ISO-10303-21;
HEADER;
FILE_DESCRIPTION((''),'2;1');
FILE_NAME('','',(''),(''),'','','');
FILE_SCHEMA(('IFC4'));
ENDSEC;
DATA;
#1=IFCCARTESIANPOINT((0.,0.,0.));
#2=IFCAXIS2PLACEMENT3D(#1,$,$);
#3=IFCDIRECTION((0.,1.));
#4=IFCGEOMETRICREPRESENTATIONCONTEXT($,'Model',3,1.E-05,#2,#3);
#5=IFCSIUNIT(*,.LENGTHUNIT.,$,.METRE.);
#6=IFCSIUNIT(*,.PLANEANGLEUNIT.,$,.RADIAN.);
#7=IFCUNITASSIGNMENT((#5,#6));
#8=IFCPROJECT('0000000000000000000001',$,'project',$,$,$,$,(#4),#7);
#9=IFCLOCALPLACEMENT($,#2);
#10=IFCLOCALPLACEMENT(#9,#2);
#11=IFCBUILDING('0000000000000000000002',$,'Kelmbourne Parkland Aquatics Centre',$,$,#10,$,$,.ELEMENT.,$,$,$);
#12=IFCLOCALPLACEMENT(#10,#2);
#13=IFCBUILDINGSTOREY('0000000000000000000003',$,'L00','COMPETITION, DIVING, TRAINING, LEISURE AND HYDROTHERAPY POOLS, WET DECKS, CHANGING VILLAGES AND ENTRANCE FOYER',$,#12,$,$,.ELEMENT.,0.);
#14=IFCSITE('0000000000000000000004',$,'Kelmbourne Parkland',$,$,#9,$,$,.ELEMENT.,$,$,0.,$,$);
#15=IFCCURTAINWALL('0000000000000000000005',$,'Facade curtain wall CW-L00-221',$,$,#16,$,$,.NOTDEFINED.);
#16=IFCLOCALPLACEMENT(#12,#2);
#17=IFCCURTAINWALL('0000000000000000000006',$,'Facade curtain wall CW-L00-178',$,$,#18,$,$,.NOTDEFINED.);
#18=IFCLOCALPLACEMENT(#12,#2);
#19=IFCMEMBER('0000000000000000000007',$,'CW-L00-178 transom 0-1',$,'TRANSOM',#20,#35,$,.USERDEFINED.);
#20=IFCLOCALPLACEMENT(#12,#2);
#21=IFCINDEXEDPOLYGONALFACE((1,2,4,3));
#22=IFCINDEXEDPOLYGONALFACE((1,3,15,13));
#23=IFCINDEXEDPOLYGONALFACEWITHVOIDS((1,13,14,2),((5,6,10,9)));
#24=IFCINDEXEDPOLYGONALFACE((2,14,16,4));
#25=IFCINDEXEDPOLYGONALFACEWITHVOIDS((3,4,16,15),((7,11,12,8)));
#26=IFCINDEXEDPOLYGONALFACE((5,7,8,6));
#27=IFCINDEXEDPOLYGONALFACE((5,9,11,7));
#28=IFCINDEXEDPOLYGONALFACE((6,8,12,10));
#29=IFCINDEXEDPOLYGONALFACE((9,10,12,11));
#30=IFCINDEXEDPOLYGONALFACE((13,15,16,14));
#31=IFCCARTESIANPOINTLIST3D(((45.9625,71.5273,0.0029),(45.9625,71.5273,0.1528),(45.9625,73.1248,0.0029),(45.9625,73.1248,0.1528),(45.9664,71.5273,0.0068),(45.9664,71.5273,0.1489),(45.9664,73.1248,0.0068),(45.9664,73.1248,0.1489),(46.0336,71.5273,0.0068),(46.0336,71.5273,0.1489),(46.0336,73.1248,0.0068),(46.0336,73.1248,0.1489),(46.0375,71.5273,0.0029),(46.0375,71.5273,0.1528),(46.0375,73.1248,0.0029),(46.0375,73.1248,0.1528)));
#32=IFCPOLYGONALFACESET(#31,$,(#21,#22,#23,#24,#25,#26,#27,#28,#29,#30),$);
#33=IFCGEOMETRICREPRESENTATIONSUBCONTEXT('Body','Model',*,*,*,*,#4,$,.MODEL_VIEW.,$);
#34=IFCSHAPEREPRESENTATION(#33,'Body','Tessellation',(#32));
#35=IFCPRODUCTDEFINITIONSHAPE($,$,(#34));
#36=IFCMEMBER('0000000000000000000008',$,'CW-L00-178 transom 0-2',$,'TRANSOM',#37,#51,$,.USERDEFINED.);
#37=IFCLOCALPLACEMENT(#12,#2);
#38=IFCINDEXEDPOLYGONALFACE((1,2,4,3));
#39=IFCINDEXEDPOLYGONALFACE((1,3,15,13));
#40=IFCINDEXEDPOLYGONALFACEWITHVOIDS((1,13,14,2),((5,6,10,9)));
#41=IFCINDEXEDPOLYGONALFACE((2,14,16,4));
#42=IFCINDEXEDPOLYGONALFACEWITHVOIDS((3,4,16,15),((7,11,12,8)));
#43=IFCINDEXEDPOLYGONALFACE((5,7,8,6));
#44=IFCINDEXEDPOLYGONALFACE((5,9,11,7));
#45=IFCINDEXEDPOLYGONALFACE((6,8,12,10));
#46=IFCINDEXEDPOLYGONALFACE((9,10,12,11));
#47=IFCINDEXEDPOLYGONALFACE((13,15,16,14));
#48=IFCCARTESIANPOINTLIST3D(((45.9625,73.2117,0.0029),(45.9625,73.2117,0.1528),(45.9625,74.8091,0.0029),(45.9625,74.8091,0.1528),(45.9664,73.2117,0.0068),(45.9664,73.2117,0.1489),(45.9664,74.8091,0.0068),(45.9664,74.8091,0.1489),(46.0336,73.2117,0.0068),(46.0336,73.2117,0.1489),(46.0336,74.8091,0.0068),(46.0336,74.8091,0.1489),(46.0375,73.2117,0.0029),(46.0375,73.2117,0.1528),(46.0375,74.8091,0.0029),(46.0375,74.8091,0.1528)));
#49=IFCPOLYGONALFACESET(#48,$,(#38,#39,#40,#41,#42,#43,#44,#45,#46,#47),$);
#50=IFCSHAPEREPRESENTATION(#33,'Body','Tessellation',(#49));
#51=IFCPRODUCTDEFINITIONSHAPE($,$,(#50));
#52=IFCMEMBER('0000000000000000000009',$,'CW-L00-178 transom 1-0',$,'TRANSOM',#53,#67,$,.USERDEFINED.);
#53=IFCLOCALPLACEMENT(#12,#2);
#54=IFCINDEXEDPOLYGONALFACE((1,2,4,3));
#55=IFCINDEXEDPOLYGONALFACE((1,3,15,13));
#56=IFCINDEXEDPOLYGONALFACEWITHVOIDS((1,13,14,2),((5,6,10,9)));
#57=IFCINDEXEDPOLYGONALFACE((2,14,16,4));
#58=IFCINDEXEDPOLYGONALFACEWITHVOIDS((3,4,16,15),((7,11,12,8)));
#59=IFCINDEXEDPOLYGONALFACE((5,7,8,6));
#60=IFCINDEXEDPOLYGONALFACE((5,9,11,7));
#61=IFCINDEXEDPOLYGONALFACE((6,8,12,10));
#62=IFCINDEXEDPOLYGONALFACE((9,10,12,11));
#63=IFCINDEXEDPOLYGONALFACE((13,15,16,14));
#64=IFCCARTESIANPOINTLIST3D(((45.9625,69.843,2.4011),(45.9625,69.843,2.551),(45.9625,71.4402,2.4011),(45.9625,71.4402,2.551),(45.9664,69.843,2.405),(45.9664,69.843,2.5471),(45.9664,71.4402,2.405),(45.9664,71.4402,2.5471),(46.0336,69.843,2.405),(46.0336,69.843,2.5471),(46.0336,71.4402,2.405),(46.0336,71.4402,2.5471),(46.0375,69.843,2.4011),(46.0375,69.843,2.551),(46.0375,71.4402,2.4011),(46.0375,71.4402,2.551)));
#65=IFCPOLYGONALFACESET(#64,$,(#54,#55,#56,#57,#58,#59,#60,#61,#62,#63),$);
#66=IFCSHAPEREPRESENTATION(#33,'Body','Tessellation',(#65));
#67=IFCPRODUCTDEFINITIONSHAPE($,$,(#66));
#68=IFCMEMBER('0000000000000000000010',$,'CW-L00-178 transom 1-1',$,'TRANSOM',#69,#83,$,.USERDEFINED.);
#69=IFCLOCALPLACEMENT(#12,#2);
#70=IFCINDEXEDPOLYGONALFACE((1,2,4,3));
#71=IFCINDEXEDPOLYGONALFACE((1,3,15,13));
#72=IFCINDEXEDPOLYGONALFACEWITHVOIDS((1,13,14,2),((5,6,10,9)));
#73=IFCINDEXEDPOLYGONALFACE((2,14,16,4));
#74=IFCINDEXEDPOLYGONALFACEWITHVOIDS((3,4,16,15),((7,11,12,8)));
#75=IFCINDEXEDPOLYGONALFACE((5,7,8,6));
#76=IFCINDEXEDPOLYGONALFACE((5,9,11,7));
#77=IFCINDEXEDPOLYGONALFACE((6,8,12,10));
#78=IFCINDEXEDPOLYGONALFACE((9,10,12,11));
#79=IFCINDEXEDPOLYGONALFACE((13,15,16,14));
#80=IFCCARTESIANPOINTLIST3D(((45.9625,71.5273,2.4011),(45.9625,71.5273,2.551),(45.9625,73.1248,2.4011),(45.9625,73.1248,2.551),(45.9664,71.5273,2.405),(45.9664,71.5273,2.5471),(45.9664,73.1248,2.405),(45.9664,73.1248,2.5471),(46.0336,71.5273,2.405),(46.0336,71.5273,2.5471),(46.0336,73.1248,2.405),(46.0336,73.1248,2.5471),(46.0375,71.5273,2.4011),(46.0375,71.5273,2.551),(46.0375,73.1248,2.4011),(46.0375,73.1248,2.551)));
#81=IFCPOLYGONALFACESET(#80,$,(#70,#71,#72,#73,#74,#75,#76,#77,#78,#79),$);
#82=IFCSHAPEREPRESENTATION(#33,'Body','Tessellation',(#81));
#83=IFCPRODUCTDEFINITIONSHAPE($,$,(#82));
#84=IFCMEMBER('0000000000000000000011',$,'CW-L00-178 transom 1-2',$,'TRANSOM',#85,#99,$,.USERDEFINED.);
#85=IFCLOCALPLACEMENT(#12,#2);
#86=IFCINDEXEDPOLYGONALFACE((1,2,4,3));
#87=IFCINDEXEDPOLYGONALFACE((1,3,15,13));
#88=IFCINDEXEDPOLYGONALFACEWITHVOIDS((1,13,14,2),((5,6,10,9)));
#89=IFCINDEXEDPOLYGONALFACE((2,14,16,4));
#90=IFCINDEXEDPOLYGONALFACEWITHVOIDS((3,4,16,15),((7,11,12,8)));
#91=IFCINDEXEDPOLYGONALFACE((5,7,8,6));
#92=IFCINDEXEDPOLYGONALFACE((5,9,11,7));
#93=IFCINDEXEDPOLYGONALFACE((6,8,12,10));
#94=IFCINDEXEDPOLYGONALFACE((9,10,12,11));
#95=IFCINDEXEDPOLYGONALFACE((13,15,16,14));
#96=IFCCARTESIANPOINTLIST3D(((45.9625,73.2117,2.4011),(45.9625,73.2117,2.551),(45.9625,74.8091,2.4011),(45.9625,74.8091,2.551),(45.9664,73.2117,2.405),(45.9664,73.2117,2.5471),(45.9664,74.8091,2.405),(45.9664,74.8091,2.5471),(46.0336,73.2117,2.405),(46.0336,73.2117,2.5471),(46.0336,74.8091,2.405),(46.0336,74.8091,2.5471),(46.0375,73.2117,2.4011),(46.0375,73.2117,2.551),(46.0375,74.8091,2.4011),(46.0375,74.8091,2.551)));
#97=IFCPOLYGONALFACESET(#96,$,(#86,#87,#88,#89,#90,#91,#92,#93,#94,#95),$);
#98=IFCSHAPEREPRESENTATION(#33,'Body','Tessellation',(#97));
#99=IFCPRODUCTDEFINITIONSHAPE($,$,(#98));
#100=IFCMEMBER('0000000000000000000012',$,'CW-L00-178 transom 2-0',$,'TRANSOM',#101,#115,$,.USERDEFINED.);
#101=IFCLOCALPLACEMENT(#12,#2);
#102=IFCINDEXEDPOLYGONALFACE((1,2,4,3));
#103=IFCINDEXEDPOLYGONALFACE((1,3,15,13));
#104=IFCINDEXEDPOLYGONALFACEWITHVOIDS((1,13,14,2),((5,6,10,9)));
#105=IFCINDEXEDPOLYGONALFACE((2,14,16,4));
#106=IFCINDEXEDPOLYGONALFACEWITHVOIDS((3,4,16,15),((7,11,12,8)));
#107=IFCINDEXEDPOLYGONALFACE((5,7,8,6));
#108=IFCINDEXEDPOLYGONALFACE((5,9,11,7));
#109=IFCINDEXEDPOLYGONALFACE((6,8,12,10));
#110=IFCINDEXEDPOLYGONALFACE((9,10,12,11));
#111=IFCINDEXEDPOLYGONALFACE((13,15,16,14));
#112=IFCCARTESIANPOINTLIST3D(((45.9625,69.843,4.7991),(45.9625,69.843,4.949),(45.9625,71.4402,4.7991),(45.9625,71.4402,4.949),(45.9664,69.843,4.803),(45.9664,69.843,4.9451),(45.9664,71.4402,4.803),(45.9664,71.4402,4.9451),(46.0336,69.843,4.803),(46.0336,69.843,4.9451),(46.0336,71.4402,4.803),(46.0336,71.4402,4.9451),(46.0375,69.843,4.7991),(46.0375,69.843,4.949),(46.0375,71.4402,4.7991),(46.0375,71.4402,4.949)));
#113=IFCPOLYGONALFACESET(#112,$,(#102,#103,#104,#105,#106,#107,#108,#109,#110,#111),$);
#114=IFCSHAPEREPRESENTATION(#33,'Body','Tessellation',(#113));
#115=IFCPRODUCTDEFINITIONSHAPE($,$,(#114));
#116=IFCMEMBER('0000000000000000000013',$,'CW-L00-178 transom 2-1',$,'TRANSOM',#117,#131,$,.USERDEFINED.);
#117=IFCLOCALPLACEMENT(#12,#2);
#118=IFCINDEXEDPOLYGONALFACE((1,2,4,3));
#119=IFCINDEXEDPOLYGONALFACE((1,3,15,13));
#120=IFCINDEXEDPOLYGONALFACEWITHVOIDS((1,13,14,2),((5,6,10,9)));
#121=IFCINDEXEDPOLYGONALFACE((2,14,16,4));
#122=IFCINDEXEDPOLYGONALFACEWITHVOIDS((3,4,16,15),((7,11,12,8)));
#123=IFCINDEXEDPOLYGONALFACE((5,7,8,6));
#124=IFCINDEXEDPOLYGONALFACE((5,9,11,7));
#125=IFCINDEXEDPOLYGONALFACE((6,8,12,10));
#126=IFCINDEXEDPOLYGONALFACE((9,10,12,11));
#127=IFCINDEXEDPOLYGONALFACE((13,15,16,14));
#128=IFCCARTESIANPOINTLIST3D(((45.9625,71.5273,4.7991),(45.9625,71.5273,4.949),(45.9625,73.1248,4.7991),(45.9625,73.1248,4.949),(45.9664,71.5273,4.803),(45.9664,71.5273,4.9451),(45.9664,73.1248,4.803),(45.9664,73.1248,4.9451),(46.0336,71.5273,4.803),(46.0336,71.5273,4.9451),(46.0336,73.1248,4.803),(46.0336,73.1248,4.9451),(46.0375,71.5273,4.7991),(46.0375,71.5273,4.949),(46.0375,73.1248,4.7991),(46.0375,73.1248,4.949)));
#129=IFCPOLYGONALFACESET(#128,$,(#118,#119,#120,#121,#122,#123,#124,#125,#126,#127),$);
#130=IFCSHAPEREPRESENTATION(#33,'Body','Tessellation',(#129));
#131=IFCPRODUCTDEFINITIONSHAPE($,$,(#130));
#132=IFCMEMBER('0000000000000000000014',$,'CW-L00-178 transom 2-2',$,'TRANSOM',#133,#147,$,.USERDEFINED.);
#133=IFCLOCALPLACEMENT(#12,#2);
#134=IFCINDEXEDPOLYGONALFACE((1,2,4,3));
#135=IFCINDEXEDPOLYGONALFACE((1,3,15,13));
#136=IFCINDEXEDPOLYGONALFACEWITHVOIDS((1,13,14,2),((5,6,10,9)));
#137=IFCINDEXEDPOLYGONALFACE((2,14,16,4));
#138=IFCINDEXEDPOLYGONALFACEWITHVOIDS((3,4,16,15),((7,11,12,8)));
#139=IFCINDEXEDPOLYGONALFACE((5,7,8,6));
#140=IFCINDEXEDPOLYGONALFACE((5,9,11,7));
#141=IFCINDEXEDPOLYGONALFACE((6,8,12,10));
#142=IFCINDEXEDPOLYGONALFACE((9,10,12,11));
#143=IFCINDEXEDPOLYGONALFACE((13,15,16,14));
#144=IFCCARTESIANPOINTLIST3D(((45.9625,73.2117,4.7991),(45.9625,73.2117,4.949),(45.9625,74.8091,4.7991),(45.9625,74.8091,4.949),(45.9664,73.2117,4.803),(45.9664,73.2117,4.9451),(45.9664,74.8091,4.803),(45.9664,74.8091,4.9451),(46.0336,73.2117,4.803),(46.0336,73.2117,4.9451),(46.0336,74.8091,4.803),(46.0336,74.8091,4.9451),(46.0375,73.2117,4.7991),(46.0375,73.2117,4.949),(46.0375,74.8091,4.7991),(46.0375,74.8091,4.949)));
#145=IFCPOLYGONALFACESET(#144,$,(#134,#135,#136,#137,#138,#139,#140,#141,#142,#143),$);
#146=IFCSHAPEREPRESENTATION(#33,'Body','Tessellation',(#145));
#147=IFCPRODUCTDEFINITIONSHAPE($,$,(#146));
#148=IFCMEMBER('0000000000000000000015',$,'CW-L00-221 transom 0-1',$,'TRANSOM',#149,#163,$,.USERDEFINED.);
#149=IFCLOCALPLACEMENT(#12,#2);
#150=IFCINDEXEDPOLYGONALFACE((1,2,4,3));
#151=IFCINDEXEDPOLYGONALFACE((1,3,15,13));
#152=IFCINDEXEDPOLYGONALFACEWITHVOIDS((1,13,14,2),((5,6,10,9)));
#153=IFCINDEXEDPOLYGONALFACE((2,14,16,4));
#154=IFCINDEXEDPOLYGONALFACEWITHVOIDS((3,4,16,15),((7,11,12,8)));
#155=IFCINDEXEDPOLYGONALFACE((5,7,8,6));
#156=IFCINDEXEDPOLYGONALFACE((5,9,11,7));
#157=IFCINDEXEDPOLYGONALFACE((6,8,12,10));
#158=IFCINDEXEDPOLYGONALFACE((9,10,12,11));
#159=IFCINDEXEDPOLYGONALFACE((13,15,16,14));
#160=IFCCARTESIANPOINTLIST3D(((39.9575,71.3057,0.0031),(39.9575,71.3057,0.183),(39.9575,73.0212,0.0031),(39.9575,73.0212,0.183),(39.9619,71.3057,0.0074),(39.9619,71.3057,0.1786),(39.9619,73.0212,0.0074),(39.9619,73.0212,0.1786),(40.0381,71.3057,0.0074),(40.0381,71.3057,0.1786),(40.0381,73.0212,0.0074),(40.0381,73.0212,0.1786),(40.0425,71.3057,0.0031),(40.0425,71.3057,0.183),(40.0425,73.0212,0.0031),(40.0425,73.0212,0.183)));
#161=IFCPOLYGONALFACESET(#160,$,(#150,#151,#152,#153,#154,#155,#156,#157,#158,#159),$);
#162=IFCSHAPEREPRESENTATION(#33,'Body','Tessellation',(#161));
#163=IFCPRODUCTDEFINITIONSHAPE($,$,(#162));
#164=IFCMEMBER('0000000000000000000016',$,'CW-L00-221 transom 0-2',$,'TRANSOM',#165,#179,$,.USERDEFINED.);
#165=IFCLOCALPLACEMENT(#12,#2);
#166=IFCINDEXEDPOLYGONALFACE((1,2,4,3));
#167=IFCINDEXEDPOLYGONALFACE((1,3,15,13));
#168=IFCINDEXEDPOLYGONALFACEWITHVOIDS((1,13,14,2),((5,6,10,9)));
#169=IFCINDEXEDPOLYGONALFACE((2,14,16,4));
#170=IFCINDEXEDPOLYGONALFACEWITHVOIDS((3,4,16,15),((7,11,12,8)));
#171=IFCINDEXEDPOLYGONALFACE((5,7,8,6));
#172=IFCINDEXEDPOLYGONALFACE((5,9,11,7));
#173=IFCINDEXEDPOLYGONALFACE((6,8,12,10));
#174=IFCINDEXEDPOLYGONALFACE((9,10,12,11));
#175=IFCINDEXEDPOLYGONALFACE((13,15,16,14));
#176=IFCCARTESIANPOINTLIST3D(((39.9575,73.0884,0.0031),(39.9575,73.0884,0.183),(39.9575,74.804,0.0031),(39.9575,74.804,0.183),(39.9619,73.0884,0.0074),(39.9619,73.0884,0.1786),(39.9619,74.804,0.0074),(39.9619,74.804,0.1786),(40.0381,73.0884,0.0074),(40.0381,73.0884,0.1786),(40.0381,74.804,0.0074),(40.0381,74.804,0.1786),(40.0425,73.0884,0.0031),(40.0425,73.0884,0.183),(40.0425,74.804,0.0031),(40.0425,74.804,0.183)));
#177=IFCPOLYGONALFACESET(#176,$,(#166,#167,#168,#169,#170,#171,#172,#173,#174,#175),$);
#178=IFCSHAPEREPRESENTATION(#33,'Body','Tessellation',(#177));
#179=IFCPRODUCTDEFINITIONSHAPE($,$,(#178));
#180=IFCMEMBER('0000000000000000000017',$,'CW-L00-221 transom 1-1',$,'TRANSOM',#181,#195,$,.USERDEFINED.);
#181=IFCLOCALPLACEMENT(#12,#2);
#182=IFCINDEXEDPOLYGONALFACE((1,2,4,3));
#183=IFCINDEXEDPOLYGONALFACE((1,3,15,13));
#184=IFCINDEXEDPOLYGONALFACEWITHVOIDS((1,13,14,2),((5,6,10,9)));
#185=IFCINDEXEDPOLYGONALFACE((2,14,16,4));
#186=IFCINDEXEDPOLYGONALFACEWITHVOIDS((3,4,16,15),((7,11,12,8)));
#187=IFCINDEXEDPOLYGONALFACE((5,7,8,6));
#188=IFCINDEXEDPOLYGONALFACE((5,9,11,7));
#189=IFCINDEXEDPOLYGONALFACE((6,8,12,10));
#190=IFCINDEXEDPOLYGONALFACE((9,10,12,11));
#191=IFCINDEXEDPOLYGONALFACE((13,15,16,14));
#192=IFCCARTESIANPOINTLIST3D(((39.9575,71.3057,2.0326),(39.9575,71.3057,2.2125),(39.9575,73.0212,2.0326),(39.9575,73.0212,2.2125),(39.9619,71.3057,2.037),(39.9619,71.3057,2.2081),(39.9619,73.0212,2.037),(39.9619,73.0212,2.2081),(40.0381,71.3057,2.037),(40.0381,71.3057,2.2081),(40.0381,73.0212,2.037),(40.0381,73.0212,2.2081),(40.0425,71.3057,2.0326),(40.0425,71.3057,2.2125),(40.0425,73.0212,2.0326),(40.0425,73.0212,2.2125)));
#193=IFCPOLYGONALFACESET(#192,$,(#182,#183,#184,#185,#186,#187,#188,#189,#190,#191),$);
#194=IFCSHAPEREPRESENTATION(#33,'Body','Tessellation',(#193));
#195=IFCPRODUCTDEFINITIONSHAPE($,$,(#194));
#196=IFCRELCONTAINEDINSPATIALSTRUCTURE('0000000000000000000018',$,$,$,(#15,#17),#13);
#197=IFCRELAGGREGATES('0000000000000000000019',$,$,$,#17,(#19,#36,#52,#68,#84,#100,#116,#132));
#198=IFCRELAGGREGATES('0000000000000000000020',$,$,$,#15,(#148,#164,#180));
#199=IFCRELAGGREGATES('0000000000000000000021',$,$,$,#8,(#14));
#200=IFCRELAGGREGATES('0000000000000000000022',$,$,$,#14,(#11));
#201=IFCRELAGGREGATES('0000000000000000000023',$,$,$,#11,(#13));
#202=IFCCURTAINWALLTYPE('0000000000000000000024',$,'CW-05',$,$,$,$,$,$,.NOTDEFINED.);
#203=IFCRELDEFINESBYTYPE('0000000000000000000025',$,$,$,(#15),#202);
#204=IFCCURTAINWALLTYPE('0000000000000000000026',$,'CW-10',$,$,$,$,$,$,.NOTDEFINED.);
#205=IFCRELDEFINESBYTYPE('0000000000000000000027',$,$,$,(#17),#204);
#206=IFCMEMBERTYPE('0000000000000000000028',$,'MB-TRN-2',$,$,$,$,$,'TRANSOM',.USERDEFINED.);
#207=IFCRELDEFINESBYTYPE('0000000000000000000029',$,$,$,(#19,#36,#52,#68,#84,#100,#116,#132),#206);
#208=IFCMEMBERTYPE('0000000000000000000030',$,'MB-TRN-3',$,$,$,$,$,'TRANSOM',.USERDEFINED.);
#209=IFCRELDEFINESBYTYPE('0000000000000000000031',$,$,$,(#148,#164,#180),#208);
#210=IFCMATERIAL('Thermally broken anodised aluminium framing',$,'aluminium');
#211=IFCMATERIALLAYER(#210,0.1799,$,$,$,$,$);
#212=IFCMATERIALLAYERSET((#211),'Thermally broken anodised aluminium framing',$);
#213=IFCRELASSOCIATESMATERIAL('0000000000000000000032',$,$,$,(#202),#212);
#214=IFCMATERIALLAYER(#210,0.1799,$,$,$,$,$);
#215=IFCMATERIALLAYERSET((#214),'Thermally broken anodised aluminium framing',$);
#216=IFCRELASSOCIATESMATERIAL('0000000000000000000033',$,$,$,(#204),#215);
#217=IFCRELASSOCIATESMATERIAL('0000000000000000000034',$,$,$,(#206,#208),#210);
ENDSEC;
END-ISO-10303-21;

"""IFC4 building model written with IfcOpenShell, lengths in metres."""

from ifc_helpers import new_model, si_unit, direction, frame, origin, origin_2d, place, context, subcontext, project, spatial, hollow_rectangle, extrude, material, layer, layer_set, material_profile, profile_set, type_object, element, aggregate, save


model = new_model("IFC4")

# Units and contexts
model_context = context("Model", 3, precision=1e-05, world=origin(), true_north=direction((0.0, 1.0)))
body_context = subcontext(model_context, "Body", "Model", "MODEL_VIEW")
ifc_project = project(units=[si_unit("LENGTHUNIT", "METRE"), si_unit("PLANEANGLEUNIT", "RADIAN")], contexts=[model_context])

# Site, building, storey
site_placement = place(None, origin())
site = spatial("IfcSite", under=ifc_project, at=site_placement, Name="Kelmbourne Parkland", CompositionType="ELEMENT", RefElevation=0.0)
building_placement = place(site_placement, origin())
building = spatial("IfcBuilding", under=site, at=building_placement, Name="Kelmbourne Parkland Aquatics Centre", CompositionType="ELEMENT")
storey_placement = place(building_placement, origin())
storey = spatial("IfcBuildingStorey", under=building, at=storey_placement, Name="L00", Description="COMPETITION, DIVING, TRAINING, LEISURE AND HYDROTHERAPY POOLS, WET DECKS, CHANGING VILLAGES AND ENTRANCE FOYER", CompositionType="ELEMENT", Elevation=0.0)

# Curtain walls, members
ifc_material_1 = material(Name="Thermally broken anodised aluminium framing", Category="aluminium")
ifc_layer_1 = layer(ifc_material_1, 0.1799)
ifc_layer_set_1 = layer_set([ifc_layer_1], Name="Thermally broken anodised aluminium framing")
curtain_wall_type_1 = type_object("IfcCurtainWallType", Name="CW-05", PredefinedType="NOTDEFINED", material=ifc_layer_set_1)
curtain_wall_1_placement = place(storey_placement, origin())
curtain_wall_1 = element("IfcCurtainWall", 1, at=curtain_wall_1_placement, inside=storey, type_object=curtain_wall_type_1, Name="Facade curtain wall CW-L00-221", PredefinedType="NOTDEFINED")
ifc_layer_2 = layer(ifc_material_1, 0.1799)
ifc_layer_set_2 = layer_set([ifc_layer_2], Name="Thermally broken anodised aluminium framing")
curtain_wall_type_2 = type_object("IfcCurtainWallType", Name="CW-10", PredefinedType="NOTDEFINED", material=ifc_layer_set_2)
curtain_wall_2_placement = place(storey_placement, origin())
curtain_wall_2 = element("IfcCurtainWall", 2, at=curtain_wall_2_placement, inside=storey, type_object=curtain_wall_type_2, Name="Facade curtain wall CW-L00-178", PredefinedType="NOTDEFINED")
ifc_material_profile_1 = material_profile(ifc_material_1, hollow_rectangle(XDim=0.075, YDim=0.1499, WallThickness=0.0039, at=origin_2d()), Name="CW-T 75x150")
ifc_profile_set_1 = profile_set([ifc_material_profile_1], Name="Thermally broken anodised aluminium framing")
member_type_1 = type_object("IfcMemberType", Name="MB-TRN-2", ElementType="TRANSOM", PredefinedType="USERDEFINED", material=ifc_profile_set_1)
member_1_placement = place(storey_placement, frame((46.0, 71.5273, 0.0779), z_axis=(0.0, 1.0, 0.0), x_axis=(-1.0, 0.0, 0.0)))
member_1 = element("IfcMember", 3, at=member_1_placement, type_object=member_type_1, Name="CW-L00-178 transom 0-1", ObjectType="TRANSOM", PredefinedType="USERDEFINED", context=body_context, shape_type="SweptSolid", body=[
    extrude(hollow_rectangle(XDim=0.075, YDim=0.1499, WallThickness=0.0039, at=origin_2d()), origin(), (0.0, 0.0, 1.0), 1.5974),
])
member_2_placement = place(storey_placement, frame((46.0, 73.2117, 0.0779), z_axis=(0.0, 1.0, 0.0), x_axis=(-1.0, 0.0, 0.0)))
member_2 = element("IfcMember", 4, at=member_2_placement, type_object=member_type_1, Name="CW-L00-178 transom 0-2", ObjectType="TRANSOM", PredefinedType="USERDEFINED", context=body_context, shape_type="SweptSolid", body=[
    extrude(hollow_rectangle(XDim=0.075, YDim=0.1499, WallThickness=0.0039, at=origin_2d()), origin(), (0.0, 0.0, 1.0), 1.5974),
])
member_3_placement = place(storey_placement, frame((46.0, 69.843, 2.4761), z_axis=(0.0, 1.0, 0.0), x_axis=(-1.0, 0.0, 0.0)))
member_3 = element("IfcMember", 5, at=member_3_placement, type_object=member_type_1, Name="CW-L00-178 transom 1-0", ObjectType="TRANSOM", PredefinedType="USERDEFINED", context=body_context, shape_type="SweptSolid", body=[
    extrude(hollow_rectangle(XDim=0.075, YDim=0.1499, WallThickness=0.0039, at=origin_2d()), origin(), (0.0, 0.0, 1.0), 1.5972),
])
member_4_placement = place(storey_placement, frame((46.0, 71.5273, 2.4761), z_axis=(0.0, 1.0, 0.0), x_axis=(-1.0, 0.0, 0.0)))
member_4 = element("IfcMember", 6, at=member_4_placement, type_object=member_type_1, Name="CW-L00-178 transom 1-1", ObjectType="TRANSOM", PredefinedType="USERDEFINED", context=body_context, shape_type="SweptSolid", body=[
    extrude(hollow_rectangle(XDim=0.075, YDim=0.1499, WallThickness=0.0039, at=origin_2d()), origin(), (0.0, 0.0, 1.0), 1.5974),
])
member_5_placement = place(storey_placement, frame((46.0, 73.2117, 2.4761), z_axis=(0.0, 1.0, 0.0), x_axis=(-1.0, 0.0, 0.0)))
member_5 = element("IfcMember", 7, at=member_5_placement, type_object=member_type_1, Name="CW-L00-178 transom 1-2", ObjectType="TRANSOM", PredefinedType="USERDEFINED", context=body_context, shape_type="SweptSolid", body=[
    extrude(hollow_rectangle(XDim=0.075, YDim=0.1499, WallThickness=0.0039, at=origin_2d()), origin(), (0.0, 0.0, 1.0), 1.5974),
])
member_6_placement = place(storey_placement, frame((46.0, 69.843, 4.874), z_axis=(0.0, 1.0, 0.0), x_axis=(-1.0, 0.0, 0.0)))
member_6 = element("IfcMember", 8, at=member_6_placement, type_object=member_type_1, Name="CW-L00-178 transom 2-0", ObjectType="TRANSOM", PredefinedType="USERDEFINED", context=body_context, shape_type="SweptSolid", body=[
    extrude(hollow_rectangle(XDim=0.075, YDim=0.1499, WallThickness=0.0039, at=origin_2d()), origin(), (0.0, 0.0, 1.0), 1.5972),
])
member_7_placement = place(storey_placement, frame((46.0, 71.5273, 4.874), z_axis=(0.0, 1.0, 0.0), x_axis=(-1.0, 0.0, 0.0)))
member_7 = element("IfcMember", 9, at=member_7_placement, type_object=member_type_1, Name="CW-L00-178 transom 2-1", ObjectType="TRANSOM", PredefinedType="USERDEFINED", context=body_context, shape_type="SweptSolid", body=[
    extrude(hollow_rectangle(XDim=0.075, YDim=0.1499, WallThickness=0.0039, at=origin_2d()), origin(), (0.0, 0.0, 1.0), 1.5974),
])
member_8_placement = place(storey_placement, frame((46.0, 73.2117, 4.874), z_axis=(0.0, 1.0, 0.0), x_axis=(-1.0, 0.0, 0.0)))
member_8 = element("IfcMember", 10, at=member_8_placement, type_object=member_type_1, Name="CW-L00-178 transom 2-2", ObjectType="TRANSOM", PredefinedType="USERDEFINED", context=body_context, shape_type="SweptSolid", body=[
    extrude(hollow_rectangle(XDim=0.075, YDim=0.1499, WallThickness=0.0039, at=origin_2d()), origin(), (0.0, 0.0, 1.0), 1.5974),
])

# Members
ifc_material_profile_2 = material_profile(ifc_material_1, hollow_rectangle(XDim=0.085, YDim=0.1799, WallThickness=0.0044, at=origin_2d()), Name="CW-T 85x180")
ifc_profile_set_2 = profile_set([ifc_material_profile_2], Name="Thermally broken anodised aluminium framing")
member_type_2 = type_object("IfcMemberType", Name="MB-TRN-3", ElementType="TRANSOM", PredefinedType="USERDEFINED", material=ifc_profile_set_2)
member_9_placement = place(storey_placement, frame((40.0, 71.3057, 0.093), z_axis=(0.0, 1.0, 0.0), x_axis=(-1.0, 0.0, 0.0)))
member_9 = element("IfcMember", 11, at=member_9_placement, type_object=member_type_2, Name="CW-L00-221 transom 0-1", ObjectType="TRANSOM", PredefinedType="USERDEFINED", context=body_context, shape_type="SweptSolid", body=[
    extrude(hollow_rectangle(XDim=0.085, YDim=0.1799, WallThickness=0.0044, at=origin_2d()), origin(), (0.0, 0.0, 1.0), 1.7156),
])
member_10_placement = place(storey_placement, frame((40.0, 73.0884, 0.093), z_axis=(0.0, 1.0, 0.0), x_axis=(-1.0, 0.0, 0.0)))
member_10 = element("IfcMember", 12, at=member_10_placement, type_object=member_type_2, Name="CW-L00-221 transom 0-2", ObjectType="TRANSOM", PredefinedType="USERDEFINED", context=body_context, shape_type="SweptSolid", body=[
    extrude(hollow_rectangle(XDim=0.085, YDim=0.1799, WallThickness=0.0044, at=origin_2d()), origin(), (0.0, 0.0, 1.0), 1.7156),
])
member_11_placement = place(storey_placement, frame((40.0, 71.3057, 2.1226), z_axis=(0.0, 1.0, 0.0), x_axis=(-1.0, 0.0, 0.0)))
member_11 = element("IfcMember", 13, at=member_11_placement, type_object=member_type_2, Name="CW-L00-221 transom 1-1", ObjectType="TRANSOM", PredefinedType="USERDEFINED", context=body_context, shape_type="SweptSolid", body=[
    extrude(hollow_rectangle(XDim=0.085, YDim=0.1799, WallThickness=0.0044, at=origin_2d()), origin(), (0.0, 0.0, 1.0), 1.7156),
])

aggregate(curtain_wall_2, [member_1, member_2, member_3, member_4, member_5, member_6, member_7, member_8])
aggregate(curtain_wall_1, [member_9, member_10, member_11])

save(model, "model.ifc")
